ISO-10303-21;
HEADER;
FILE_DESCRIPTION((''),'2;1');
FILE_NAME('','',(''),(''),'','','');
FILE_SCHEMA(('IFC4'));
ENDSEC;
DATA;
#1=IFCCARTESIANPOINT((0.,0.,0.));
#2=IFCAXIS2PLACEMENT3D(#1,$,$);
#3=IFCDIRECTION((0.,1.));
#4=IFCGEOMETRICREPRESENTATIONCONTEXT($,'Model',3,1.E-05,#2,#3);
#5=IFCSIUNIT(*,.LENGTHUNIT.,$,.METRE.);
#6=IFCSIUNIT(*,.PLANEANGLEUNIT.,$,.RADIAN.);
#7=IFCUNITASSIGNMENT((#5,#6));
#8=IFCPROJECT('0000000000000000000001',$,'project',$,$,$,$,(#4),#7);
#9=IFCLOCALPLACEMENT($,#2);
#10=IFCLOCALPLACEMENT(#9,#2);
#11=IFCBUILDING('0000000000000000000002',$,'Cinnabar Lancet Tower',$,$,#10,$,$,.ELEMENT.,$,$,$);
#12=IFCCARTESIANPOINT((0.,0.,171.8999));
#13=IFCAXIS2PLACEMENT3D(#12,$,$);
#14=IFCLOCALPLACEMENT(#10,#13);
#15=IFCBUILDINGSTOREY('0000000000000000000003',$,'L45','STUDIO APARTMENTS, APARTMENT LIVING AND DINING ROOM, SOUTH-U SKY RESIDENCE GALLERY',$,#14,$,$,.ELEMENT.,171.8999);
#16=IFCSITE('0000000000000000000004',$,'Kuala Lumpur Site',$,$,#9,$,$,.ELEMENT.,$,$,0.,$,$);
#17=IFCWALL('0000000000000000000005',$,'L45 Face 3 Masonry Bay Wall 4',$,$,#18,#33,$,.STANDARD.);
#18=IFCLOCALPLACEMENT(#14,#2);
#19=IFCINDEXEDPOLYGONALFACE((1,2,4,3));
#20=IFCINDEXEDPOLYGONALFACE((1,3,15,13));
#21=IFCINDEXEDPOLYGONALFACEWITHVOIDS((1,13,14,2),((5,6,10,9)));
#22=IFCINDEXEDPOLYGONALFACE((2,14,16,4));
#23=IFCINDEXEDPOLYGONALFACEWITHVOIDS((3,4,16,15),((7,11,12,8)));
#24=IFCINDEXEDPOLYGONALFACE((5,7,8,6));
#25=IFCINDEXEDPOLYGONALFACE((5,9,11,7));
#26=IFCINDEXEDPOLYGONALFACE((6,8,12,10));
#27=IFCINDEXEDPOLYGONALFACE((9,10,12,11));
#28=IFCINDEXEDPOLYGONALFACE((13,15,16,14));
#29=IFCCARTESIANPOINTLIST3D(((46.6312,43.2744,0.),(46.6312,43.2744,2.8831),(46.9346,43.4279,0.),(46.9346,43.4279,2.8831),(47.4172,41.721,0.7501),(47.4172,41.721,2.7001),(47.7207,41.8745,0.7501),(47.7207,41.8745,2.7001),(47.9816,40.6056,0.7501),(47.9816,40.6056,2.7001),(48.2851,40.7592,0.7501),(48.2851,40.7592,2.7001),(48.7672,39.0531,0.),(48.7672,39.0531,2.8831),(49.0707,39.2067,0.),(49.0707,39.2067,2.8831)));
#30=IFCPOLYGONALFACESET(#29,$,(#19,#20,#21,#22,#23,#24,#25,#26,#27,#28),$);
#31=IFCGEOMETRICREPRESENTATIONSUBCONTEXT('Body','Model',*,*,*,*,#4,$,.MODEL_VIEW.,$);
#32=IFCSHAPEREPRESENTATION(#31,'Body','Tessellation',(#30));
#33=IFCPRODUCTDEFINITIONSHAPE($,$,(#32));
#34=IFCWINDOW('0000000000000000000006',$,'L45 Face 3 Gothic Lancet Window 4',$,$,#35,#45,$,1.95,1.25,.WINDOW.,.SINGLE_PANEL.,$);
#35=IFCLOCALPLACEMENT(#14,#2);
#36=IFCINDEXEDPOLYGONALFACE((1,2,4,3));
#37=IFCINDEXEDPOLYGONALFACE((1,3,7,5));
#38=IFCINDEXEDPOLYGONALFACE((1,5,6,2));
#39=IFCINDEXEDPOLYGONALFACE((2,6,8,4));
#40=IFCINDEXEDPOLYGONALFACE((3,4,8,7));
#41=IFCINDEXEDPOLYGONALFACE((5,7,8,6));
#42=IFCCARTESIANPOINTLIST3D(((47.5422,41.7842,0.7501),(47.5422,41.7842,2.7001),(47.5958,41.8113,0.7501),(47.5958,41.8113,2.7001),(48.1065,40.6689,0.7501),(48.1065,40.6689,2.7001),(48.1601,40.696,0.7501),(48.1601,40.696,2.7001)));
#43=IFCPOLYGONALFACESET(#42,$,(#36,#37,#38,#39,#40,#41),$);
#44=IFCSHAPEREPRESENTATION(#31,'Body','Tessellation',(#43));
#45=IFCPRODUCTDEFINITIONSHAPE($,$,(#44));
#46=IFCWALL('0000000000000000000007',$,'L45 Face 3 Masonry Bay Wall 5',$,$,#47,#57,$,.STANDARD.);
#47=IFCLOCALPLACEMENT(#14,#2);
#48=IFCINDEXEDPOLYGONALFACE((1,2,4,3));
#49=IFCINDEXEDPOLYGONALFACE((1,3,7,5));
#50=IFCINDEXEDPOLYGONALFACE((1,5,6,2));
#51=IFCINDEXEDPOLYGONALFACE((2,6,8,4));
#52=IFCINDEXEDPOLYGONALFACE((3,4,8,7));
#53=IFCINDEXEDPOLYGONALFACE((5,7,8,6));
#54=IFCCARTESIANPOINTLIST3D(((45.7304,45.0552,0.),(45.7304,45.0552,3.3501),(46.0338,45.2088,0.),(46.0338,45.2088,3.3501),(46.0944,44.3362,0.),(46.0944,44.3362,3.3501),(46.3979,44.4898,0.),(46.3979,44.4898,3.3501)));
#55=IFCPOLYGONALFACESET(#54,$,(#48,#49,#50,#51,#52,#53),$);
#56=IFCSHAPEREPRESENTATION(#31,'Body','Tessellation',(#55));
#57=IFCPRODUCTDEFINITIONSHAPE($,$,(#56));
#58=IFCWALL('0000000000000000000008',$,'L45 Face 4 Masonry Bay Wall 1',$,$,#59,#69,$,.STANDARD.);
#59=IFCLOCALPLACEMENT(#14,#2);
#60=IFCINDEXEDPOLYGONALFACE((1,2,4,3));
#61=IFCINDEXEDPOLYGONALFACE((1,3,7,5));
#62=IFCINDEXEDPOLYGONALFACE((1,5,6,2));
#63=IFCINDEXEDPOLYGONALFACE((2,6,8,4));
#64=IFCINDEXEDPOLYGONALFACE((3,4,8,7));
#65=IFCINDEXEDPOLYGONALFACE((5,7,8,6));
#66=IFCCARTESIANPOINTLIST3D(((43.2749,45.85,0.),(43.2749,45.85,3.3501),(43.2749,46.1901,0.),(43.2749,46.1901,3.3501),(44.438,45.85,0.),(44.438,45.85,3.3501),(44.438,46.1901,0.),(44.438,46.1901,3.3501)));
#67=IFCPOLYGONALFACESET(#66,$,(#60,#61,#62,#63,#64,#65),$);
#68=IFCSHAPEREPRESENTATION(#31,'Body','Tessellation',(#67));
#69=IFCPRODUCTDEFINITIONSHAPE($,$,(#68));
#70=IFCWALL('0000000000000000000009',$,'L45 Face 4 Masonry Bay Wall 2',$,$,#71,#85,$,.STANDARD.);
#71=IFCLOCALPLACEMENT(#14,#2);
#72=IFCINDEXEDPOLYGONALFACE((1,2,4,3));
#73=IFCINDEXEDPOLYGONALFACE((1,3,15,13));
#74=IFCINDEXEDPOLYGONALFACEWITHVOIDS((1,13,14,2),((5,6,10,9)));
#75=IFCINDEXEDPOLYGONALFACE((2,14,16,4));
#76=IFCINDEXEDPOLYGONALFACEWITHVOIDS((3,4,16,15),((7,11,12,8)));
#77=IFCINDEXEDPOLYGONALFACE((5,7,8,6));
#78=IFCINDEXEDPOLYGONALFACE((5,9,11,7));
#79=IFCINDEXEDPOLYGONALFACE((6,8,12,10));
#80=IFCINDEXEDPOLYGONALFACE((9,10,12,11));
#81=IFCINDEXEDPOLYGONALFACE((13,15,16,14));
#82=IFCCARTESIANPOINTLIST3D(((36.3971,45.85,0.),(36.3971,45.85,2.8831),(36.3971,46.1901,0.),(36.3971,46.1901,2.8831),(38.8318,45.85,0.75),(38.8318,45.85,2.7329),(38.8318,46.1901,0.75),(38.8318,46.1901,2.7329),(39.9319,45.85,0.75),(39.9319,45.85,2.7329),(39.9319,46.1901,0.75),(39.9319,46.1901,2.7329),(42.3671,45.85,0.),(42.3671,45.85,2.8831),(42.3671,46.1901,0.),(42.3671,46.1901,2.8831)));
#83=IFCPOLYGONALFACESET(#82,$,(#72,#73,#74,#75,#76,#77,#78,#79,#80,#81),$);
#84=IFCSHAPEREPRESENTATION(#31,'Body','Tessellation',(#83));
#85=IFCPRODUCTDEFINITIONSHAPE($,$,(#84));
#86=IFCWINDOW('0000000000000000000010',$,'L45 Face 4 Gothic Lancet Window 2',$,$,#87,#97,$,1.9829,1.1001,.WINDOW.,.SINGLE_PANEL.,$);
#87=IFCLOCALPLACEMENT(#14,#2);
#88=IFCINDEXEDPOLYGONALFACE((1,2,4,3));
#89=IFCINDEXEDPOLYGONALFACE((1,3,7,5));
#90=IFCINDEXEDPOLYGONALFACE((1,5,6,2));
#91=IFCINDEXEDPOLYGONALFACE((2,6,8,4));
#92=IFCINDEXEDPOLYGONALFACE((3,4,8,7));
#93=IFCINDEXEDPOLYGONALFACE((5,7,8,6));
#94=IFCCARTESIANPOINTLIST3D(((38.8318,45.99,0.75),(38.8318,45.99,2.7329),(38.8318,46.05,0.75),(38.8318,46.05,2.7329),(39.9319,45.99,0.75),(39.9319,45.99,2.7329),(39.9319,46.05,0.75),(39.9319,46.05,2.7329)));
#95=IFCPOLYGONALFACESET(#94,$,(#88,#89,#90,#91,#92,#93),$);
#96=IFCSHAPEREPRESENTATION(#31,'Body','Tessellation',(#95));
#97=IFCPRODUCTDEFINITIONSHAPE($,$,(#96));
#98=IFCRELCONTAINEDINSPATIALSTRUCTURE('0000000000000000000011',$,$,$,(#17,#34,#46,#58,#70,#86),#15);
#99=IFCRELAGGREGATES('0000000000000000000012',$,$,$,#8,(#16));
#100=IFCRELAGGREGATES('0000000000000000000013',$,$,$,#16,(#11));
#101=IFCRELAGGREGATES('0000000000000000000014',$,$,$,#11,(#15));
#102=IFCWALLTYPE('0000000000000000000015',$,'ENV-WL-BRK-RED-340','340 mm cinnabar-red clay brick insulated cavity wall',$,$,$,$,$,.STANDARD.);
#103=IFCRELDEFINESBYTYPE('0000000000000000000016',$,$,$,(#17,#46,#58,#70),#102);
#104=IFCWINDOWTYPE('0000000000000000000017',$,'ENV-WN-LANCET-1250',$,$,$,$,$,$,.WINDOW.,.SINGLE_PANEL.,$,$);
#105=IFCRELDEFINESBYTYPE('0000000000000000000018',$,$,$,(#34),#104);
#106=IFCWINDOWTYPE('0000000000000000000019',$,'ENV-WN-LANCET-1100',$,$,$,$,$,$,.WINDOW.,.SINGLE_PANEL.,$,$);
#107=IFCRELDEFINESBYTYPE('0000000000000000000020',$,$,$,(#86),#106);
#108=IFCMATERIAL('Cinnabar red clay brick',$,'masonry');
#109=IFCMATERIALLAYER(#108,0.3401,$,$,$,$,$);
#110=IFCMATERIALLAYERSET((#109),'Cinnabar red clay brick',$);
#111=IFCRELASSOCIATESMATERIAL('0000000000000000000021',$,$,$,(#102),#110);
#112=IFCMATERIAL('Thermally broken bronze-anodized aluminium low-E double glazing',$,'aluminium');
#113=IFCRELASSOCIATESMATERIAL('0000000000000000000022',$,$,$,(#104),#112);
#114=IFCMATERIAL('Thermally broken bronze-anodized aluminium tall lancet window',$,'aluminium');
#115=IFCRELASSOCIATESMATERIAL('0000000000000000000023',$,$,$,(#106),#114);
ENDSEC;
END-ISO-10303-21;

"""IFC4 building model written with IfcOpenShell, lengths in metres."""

from ifc_helpers import new_model, si_unit, direction, frame, frame_2d, origin, place, context, subcontext, project, spatial, rectangle, extrude, material, layer, layer_set, type_object, element, fill, save


model = new_model("IFC4")

# Units and contexts
model_context = context("Model", 3, precision=1e-05, world=origin(), true_north=direction((0.0, 1.0)))
body_context = subcontext(model_context, "Body", "Model", "MODEL_VIEW")
ifc_project = project(units=[si_unit("LENGTHUNIT", "METRE"), si_unit("PLANEANGLEUNIT", "RADIAN")], contexts=[model_context])

# Site, building, storey
site_placement = place(None, origin())
site = spatial("IfcSite", under=ifc_project, at=site_placement, Name="Kuala Lumpur Site", CompositionType="ELEMENT", RefElevation=0.0)
building_placement = place(site_placement, origin())
building = spatial("IfcBuilding", under=site, at=building_placement, Name="Cinnabar Lancet Tower", CompositionType="ELEMENT")
storey_placement = place(building_placement, frame((0.0, 0.0, 171.8999)))
storey = spatial("IfcBuildingStorey", under=building, at=storey_placement, Name="L45", Description="STUDIO APARTMENTS, APARTMENT LIVING AND DINING ROOM, SOUTH-U SKY RESIDENCE GALLERY", CompositionType="ELEMENT", Elevation=171.8999)

# Shared definitions
ifc_material_1 = material(Name="Cinnabar red clay brick", Category="masonry")
ifc_layer_1 = layer(ifc_material_1, 0.3401)
ifc_layer_set_1 = layer_set([ifc_layer_1], Name="Cinnabar red clay brick")
wall_type_1 = type_object("IfcWallType", Name="ENV-WL-BRK-RED-340", Description="340 mm cinnabar-red clay brick insulated cavity wall", PredefinedType="STANDARD", material=ifc_layer_set_1)

# Wall, opening, window
wall_1_placement = place(storey_placement, frame((48.9189, 39.1299, 0.0), z_axis=(0.0, 0.0, 1.0), x_axis=(-0.451502, 0.89227, 0.0)))
wall_1 = element("IfcWall", 1, at=wall_1_placement, inside=storey, type_object=wall_type_1, Name="L45 Face 3 Masonry Bay Wall 4", PredefinedType="STANDARD", context=body_context, shape_type="SweptSolid", body=[
    extrude(rectangle(XDim=4.731, YDim=0.3401, at=frame_2d((2.3655, 0.0))), origin(), (0.0, 0.0, 1.0), 2.8831),
])
opening_1_placement = place(wall_1_placement, frame((1.74, 0.0, 0.75)))
opening_1 = element("IfcOpeningElement", 2, at=opening_1_placement, cuts=wall_1, PredefinedType="OPENING", context=body_context, shape_type="SweptSolid", body=[
    extrude(rectangle(XDim=1.25, YDim=1.95, at=frame_2d((0.625, 0.9751))), frame((0.0, 0.1799, 0.0), z_axis=(0.0, -1.0, 0.0), x_axis=(1.0, 0.0, 0.0)), (0.0, 0.0, 1.0), 0.3601),
])
ifc_material_2 = material(Name="Thermally broken bronze-anodized aluminium low-E double glazing", Category="aluminium")
window_type_1 = type_object("IfcWindowType", Name="ENV-WN-LANCET-1250", PartitioningType="SINGLE_PANEL", PredefinedType="WINDOW", material=ifc_material_2)
window_1_placement = place(opening_1_placement, origin())
window_1 = element("IfcWindow", 3, at=window_1_placement, inside=storey, type_object=window_type_1, Name="L45 Face 3 Gothic Lancet Window 4", OverallHeight=1.95, OverallWidth=1.25, PartitioningType="SINGLE_PANEL", PredefinedType="WINDOW", context=body_context, shape_type="SweptSolid", body=[
    extrude(rectangle(XDim=1.25, YDim=1.95, at=frame_2d((0.625, 0.9751))), frame((0.0, 0.03, 0.0), z_axis=(0.0, -1.0, 0.0), x_axis=(1.0, 0.0, 0.0)), (0.0, 0.0, 1.0), 0.0601),
])
fill(opening_1, window_1)

# Walls
wall_2_placement = place(storey_placement, frame((46.2461, 44.4131, 0.0), z_axis=(0.0, 0.0, 1.0), x_axis=(-0.451692, 0.892174, 0.0)))
element("IfcWall", 4, at=wall_2_placement, inside=storey, type_object=wall_type_1, Name="L45 Face 3 Masonry Bay Wall 5", PredefinedType="STANDARD", context=body_context, shape_type="SweptSolid", body=[
    extrude(rectangle(XDim=0.8059, YDim=0.3401, at=frame_2d((0.4028, 0.0))), origin(), (0.0, 0.0, 1.0), 3.3501),
])
wall_3_placement = place(storey_placement, frame((44.438, 46.02, 0.0), z_axis=(0.0, 0.0, 1.0), x_axis=(-1.0, 0.0, 0.0)))
element("IfcWall", 5, at=wall_3_placement, inside=storey, type_object=wall_type_1, Name="L45 Face 4 Masonry Bay Wall 1", PredefinedType="STANDARD", context=body_context, shape_type="SweptSolid", body=[
    extrude(rectangle(XDim=1.1631, YDim=0.3401, at=frame_2d((0.5815, 0.0))), origin(), (0.0, 0.0, 1.0), 3.3501),
])

# Wall, opening, window
wall_4_placement = place(storey_placement, frame((42.3669, 46.02, 0.0), z_axis=(0.0, 0.0, 1.0), x_axis=(-1.0, 0.0, 0.0)))
wall_4 = element("IfcWall", 6, at=wall_4_placement, inside=storey, type_object=wall_type_1, Name="L45 Face 4 Masonry Bay Wall 2", PredefinedType="STANDARD", context=body_context, shape_type="SweptSolid", body=[
    extrude(rectangle(XDim=5.97, YDim=0.3401, at=frame_2d((2.9849, 0.0))), origin(), (0.0, 0.0, 1.0), 2.8831),
])
opening_2_placement = place(wall_4_placement, frame((2.4351, 0.0, 0.75)))
opening_2 = element("IfcOpeningElement", 7, at=opening_2_placement, cuts=wall_4, PredefinedType="OPENING", context=body_context, shape_type="SweptSolid", body=[
    extrude(rectangle(XDim=1.1001, YDim=1.9829, at=frame_2d((0.55, 0.9915))), frame((0.0, 0.1799, 0.0), z_axis=(0.0, -1.0, 0.0), x_axis=(1.0, 0.0, 0.0)), (0.0, 0.0, 1.0), 0.3601),
])
ifc_material_3 = material(Name="Thermally broken bronze-anodized aluminium tall lancet window", Category="aluminium")
window_type_2 = type_object("IfcWindowType", Name="ENV-WN-LANCET-1100", PartitioningType="SINGLE_PANEL", PredefinedType="WINDOW", material=ifc_material_3)
window_2_placement = place(opening_2_placement, origin())
window_2 = element("IfcWindow", 8, at=window_2_placement, inside=storey, type_object=window_type_2, Name="L45 Face 4 Gothic Lancet Window 2", OverallHeight=1.9829, OverallWidth=1.1001, PartitioningType="SINGLE_PANEL", PredefinedType="WINDOW", context=body_context, shape_type="SweptSolid", body=[
    extrude(rectangle(XDim=1.1001, YDim=1.9829, at=frame_2d((0.55, 0.9915))), frame((0.0, 0.03, 0.0), z_axis=(0.0, -1.0, 0.0), x_axis=(1.0, 0.0, 0.0)), (0.0, 0.0, 1.0), 0.0601),
])
fill(opening_2, window_2)

save(model, "model.ifc")
